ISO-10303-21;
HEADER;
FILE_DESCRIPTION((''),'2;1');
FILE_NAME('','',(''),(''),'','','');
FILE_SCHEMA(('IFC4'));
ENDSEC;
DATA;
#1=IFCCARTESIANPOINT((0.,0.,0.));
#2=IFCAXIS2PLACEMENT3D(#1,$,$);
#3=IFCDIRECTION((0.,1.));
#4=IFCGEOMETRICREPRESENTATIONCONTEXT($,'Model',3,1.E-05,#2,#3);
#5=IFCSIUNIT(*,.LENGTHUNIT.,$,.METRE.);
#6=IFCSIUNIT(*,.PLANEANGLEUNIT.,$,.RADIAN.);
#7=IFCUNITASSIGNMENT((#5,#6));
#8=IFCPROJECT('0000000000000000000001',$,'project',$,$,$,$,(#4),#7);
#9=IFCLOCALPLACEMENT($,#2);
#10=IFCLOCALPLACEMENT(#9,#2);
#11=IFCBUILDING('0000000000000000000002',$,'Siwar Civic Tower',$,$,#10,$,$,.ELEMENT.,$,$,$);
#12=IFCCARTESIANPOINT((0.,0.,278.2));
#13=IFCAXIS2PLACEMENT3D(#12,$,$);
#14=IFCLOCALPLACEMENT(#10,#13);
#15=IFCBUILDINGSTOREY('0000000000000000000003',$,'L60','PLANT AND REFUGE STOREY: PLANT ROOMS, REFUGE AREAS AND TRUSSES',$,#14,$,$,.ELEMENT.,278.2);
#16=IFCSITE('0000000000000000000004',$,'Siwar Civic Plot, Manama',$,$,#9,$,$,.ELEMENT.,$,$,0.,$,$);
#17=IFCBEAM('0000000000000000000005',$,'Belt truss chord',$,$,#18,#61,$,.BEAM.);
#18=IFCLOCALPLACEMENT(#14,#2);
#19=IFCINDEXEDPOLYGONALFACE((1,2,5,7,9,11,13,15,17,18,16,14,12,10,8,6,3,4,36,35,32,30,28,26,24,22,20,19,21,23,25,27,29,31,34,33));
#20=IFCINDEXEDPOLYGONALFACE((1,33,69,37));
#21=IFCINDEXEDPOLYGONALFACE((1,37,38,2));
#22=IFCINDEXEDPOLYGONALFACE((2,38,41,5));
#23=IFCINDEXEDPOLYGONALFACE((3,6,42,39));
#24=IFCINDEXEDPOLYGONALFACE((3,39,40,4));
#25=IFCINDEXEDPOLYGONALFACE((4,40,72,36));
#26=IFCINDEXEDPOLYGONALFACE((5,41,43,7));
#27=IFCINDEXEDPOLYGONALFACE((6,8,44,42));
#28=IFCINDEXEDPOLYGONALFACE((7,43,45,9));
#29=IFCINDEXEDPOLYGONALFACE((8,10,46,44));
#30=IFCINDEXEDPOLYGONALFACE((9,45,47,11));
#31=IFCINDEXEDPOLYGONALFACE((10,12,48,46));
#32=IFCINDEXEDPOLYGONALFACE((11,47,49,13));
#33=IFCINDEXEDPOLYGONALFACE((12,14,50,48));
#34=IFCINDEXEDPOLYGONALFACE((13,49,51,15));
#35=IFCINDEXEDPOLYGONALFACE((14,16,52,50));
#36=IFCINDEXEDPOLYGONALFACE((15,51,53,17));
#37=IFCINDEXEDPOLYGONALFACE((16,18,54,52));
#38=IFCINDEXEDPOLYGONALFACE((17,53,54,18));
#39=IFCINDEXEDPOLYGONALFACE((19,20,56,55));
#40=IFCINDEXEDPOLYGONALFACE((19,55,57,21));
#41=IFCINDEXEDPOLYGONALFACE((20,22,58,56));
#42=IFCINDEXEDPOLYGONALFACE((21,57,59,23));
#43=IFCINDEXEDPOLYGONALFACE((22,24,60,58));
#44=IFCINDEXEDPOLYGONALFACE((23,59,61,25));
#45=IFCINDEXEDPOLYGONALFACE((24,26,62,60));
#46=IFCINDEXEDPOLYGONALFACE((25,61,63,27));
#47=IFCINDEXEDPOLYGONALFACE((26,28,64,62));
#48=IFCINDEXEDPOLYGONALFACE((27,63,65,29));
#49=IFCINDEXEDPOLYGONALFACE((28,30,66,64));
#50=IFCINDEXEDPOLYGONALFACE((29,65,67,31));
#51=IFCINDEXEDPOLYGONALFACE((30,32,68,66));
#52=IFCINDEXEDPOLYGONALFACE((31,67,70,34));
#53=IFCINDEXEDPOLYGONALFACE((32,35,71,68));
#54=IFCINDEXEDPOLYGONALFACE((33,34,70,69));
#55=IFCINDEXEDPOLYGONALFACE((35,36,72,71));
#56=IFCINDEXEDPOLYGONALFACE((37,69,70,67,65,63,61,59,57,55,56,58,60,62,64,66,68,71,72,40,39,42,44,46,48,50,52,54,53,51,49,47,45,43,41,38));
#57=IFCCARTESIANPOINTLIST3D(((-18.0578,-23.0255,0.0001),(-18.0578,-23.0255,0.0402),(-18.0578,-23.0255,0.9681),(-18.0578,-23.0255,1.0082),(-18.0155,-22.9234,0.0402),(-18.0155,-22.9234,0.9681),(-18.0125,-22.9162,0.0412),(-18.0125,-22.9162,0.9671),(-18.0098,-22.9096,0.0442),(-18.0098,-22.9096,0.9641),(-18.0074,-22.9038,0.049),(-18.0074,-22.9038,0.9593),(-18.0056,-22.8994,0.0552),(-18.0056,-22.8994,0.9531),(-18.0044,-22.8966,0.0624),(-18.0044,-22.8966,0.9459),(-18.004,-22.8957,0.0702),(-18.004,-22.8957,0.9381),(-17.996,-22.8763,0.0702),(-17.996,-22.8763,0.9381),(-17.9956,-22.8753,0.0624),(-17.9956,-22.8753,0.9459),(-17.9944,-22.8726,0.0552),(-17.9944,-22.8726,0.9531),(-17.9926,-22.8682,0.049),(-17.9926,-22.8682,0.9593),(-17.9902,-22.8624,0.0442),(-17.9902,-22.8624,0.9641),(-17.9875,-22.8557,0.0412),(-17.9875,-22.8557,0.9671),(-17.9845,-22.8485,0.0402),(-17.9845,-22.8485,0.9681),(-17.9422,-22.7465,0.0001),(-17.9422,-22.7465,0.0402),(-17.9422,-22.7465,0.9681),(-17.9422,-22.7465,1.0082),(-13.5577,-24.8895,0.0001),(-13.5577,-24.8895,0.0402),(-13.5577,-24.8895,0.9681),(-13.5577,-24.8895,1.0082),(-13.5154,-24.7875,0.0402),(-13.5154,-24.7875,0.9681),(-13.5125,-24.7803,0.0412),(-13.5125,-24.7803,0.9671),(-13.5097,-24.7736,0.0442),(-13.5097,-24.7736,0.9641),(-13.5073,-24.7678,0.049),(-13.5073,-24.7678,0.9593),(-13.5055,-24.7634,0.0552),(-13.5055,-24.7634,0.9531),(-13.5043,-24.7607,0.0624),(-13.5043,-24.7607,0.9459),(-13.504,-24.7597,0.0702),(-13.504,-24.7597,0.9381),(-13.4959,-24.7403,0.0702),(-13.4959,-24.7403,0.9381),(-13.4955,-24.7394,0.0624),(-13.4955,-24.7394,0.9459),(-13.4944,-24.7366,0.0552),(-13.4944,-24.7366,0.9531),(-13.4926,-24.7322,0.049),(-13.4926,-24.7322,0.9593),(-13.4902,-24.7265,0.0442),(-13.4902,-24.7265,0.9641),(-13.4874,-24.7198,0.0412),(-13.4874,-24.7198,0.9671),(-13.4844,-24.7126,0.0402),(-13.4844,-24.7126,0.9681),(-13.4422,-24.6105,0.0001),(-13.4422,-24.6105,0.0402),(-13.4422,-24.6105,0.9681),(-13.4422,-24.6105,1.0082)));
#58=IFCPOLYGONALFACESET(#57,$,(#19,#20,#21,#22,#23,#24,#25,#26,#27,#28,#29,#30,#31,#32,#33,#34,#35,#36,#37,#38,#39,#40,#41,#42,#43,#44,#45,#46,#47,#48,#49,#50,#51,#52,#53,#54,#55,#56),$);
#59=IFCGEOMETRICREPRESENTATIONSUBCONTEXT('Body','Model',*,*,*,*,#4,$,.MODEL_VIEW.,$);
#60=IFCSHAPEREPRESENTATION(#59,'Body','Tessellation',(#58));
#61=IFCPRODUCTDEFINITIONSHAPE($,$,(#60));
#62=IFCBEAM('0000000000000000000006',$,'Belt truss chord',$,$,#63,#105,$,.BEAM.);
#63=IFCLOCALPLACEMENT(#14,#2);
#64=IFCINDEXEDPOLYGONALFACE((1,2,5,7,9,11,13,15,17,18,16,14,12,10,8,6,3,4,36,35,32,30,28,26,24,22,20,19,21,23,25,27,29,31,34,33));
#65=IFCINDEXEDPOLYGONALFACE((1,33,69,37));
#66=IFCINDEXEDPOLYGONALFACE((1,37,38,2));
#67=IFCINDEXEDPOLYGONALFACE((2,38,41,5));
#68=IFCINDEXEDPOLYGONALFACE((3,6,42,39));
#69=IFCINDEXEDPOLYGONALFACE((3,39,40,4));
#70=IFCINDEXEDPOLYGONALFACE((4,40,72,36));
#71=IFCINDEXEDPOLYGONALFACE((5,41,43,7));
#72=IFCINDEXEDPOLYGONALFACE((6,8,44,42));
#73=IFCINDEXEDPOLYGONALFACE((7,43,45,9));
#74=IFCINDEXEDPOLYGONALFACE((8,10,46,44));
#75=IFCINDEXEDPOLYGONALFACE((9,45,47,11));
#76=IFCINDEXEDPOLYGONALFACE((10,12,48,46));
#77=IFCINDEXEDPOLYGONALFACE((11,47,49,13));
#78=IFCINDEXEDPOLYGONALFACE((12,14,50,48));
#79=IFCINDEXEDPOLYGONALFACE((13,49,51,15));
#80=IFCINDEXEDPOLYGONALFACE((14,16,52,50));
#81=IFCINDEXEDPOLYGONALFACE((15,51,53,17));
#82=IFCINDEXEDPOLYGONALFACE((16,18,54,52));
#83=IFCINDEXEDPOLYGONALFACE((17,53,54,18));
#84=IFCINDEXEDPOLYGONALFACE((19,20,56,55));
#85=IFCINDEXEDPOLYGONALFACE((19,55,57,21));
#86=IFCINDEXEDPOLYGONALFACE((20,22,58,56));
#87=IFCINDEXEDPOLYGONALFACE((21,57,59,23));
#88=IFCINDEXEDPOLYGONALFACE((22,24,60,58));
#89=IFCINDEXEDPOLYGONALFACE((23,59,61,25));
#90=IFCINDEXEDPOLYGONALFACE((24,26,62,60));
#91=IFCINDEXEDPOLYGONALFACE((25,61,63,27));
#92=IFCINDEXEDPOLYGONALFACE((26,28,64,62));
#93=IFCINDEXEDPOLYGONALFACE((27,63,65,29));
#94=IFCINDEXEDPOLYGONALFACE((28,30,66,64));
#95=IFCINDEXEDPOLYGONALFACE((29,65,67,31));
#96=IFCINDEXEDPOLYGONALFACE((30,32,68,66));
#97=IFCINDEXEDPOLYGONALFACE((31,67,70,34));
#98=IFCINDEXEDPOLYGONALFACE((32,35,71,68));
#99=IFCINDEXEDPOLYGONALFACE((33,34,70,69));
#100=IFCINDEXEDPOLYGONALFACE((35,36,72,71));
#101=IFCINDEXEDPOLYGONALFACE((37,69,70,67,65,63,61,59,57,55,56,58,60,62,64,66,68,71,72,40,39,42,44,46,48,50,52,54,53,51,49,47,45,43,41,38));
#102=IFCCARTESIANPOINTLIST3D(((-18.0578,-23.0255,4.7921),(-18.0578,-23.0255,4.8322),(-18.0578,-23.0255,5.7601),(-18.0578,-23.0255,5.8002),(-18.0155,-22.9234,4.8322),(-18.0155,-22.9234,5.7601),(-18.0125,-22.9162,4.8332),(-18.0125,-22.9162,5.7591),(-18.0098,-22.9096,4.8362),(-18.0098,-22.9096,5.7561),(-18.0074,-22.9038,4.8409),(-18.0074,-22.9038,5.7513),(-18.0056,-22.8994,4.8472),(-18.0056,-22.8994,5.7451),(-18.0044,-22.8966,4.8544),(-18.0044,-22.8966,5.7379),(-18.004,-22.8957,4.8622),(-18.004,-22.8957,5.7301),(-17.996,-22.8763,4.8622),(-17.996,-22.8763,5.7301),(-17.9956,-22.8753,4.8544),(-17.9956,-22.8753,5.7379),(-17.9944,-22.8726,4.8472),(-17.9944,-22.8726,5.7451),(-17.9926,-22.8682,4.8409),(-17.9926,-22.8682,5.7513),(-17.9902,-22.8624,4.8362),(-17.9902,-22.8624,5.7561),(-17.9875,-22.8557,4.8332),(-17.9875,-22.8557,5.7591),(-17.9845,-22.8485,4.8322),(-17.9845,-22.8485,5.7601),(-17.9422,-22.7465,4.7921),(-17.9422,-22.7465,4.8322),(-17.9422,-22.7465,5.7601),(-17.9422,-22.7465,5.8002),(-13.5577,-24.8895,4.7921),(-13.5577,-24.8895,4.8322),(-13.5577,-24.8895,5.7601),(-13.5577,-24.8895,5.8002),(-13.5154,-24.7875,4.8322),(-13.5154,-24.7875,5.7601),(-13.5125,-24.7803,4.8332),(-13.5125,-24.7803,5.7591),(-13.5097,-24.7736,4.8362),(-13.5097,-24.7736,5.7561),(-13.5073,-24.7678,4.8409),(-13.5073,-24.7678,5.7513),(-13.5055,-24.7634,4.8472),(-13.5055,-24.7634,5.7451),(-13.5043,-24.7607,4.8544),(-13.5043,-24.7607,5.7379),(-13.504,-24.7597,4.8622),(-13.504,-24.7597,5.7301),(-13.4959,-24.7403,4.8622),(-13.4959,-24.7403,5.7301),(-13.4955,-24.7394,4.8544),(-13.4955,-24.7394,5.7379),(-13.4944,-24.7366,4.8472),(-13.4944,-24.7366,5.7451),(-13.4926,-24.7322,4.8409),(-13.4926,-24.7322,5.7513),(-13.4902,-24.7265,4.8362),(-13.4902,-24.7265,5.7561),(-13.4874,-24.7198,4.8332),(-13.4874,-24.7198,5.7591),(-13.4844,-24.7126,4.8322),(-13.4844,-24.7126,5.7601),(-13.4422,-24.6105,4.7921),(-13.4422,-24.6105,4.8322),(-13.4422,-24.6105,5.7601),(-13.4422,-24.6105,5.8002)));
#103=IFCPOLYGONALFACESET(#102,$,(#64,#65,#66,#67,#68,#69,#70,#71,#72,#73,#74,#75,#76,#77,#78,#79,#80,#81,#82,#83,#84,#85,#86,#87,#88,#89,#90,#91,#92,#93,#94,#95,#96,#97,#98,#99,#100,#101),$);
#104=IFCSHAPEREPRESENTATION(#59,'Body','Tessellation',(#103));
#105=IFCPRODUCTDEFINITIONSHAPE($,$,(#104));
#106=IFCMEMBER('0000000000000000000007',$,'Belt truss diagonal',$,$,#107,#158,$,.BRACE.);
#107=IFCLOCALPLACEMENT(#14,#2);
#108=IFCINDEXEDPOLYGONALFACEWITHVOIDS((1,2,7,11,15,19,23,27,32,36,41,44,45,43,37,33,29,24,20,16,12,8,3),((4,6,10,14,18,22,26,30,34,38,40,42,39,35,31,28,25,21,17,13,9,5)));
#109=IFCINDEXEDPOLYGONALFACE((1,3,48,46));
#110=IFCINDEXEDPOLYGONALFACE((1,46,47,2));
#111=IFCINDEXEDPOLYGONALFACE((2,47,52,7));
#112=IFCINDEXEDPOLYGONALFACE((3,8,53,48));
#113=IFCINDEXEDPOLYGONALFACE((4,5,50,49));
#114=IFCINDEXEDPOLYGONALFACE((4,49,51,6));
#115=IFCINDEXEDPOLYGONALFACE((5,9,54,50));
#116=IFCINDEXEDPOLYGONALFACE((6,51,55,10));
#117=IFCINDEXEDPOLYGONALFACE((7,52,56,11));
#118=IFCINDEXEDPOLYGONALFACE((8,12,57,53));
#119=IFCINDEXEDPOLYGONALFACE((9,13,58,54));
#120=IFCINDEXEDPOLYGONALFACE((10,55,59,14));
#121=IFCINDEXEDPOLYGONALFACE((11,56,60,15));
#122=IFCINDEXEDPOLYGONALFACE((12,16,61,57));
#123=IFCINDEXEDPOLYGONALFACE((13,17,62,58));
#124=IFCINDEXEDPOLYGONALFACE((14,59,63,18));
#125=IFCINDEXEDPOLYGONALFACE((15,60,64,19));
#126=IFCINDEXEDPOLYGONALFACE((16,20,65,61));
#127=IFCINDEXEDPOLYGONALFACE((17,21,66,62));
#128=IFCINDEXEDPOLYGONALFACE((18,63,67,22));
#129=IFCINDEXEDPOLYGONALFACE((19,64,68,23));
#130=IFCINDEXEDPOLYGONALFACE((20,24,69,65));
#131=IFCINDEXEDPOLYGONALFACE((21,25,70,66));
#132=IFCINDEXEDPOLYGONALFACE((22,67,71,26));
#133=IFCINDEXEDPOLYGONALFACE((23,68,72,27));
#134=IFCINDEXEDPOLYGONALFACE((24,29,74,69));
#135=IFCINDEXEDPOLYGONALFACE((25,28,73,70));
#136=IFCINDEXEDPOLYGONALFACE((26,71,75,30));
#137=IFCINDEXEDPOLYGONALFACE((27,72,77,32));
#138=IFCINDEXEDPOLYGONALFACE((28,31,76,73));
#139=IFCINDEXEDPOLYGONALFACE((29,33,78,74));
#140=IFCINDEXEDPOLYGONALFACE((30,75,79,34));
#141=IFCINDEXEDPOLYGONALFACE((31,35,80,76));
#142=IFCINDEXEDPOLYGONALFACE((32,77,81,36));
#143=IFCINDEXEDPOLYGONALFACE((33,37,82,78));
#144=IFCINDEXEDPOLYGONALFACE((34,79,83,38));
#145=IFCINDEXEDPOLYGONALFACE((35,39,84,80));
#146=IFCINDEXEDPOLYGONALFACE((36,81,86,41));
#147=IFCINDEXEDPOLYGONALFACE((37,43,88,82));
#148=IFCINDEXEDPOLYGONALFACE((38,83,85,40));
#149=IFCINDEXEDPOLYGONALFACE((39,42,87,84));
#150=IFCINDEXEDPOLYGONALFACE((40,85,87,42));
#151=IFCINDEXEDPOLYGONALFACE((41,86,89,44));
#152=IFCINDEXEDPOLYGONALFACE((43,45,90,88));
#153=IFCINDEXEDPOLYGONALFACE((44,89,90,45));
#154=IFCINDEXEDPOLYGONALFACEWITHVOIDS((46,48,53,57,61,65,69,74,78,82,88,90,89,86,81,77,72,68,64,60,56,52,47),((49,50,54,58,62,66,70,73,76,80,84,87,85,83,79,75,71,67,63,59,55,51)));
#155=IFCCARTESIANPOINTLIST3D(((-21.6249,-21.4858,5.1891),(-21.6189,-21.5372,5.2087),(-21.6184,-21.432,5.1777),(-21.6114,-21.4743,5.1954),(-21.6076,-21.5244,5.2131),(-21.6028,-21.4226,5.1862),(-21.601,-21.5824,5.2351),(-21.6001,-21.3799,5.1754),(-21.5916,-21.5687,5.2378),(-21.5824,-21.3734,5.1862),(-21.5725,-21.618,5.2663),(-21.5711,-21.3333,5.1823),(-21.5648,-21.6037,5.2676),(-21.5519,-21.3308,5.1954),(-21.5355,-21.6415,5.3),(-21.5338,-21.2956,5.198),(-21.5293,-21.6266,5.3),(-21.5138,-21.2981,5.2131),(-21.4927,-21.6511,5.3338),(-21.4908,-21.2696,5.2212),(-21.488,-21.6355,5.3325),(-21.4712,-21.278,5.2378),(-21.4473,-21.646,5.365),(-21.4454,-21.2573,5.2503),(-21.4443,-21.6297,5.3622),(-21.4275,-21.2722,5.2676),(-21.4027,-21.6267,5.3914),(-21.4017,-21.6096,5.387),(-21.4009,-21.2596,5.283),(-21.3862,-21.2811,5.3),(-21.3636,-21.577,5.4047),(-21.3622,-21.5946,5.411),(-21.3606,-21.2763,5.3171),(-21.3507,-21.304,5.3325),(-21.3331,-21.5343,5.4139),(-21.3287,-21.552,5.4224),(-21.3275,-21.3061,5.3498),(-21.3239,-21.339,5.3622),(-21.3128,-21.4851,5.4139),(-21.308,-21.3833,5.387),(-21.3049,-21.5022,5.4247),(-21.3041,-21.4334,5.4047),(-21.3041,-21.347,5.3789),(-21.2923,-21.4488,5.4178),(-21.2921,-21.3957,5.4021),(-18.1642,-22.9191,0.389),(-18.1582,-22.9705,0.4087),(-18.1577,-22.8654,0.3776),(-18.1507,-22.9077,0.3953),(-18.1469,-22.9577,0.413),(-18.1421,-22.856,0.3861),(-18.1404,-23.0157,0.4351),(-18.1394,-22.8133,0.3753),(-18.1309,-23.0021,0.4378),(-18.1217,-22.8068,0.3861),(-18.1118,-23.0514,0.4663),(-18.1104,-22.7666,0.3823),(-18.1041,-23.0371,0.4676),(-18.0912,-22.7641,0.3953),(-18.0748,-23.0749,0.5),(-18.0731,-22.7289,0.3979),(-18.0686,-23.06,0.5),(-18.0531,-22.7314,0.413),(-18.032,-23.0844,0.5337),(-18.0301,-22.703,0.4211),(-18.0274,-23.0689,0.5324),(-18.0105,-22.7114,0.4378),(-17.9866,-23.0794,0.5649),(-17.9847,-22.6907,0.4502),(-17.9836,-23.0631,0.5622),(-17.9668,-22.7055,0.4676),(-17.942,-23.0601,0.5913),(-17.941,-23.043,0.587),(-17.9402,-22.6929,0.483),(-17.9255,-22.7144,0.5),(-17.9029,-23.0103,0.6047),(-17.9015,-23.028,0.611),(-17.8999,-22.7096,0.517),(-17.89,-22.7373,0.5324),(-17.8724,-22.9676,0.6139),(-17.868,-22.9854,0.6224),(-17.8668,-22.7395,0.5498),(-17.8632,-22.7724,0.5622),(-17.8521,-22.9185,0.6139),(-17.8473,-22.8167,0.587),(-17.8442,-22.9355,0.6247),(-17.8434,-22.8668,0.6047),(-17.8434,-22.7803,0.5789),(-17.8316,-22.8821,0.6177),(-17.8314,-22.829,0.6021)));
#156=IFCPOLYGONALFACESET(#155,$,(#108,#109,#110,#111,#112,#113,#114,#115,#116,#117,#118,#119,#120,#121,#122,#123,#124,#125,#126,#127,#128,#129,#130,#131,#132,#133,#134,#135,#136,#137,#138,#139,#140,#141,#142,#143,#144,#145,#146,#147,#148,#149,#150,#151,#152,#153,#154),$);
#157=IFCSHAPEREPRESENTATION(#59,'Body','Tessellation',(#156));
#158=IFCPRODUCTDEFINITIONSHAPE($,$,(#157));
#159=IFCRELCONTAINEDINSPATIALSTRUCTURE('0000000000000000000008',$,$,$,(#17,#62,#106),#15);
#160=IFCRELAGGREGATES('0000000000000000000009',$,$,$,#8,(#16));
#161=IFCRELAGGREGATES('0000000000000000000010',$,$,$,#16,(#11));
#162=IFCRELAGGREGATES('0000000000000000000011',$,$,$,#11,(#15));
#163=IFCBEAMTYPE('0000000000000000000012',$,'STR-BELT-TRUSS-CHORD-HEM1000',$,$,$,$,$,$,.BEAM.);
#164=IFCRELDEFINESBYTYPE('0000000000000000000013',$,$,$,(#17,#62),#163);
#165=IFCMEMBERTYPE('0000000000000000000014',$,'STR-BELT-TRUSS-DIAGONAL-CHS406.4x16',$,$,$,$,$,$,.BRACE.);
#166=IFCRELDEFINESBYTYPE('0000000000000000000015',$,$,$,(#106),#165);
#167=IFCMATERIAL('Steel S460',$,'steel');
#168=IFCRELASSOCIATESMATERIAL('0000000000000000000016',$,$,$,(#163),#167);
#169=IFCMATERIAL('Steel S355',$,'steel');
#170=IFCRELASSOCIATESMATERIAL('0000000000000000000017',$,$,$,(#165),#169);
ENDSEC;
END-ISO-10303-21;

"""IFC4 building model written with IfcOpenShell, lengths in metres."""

from ifc_helpers import new_model, si_unit, direction, frame, origin, origin_2d, place, context, subcontext, project, spatial, hollow_circle, i_section, extrude, material, material_profile, profile_set, type_object, element, save


model = new_model("IFC4")

# Units and contexts
model_context = context("Model", 3, precision=1e-05, world=origin(), true_north=direction((0.0, 1.0)))
body_context = subcontext(model_context, "Body", "Model", "MODEL_VIEW")
ifc_project = project(units=[si_unit("LENGTHUNIT", "METRE"), si_unit("PLANEANGLEUNIT", "RADIAN")], contexts=[model_context])

# Site, building, storey
site_placement = place(None, origin())
site = spatial("IfcSite", under=ifc_project, at=site_placement, Name="Siwar Civic Plot, Manama", CompositionType="ELEMENT", RefElevation=0.0)
building_placement = place(site_placement, origin())
building = spatial("IfcBuilding", under=site, at=building_placement, Name="Siwar Civic Tower", CompositionType="ELEMENT")
storey_placement = place(building_placement, frame((0.0, 0.0, 278.2)))
storey = spatial("IfcBuildingStorey", under=building, at=storey_placement, Name="L60", Description="PLANT AND REFUGE STOREY: PLANT ROOMS, REFUGE AREAS AND TRUSSES", CompositionType="ELEMENT", Elevation=278.2)

# Beams
ifc_material_1 = material(Name="Steel S460", Category="steel")
ifc_material_profile_1 = material_profile(ifc_material_1, i_section(OverallWidth=0.302, OverallDepth=1.0081, WebThickness=0.021, FlangeThickness=0.04, FilletRadius=0.03, at=origin_2d()), Name="HEM1000")
ifc_profile_set_1 = profile_set([ifc_material_profile_1], Name="Steel S460")
beam_type_1 = type_object("IfcBeamType", Name="STR-BELT-TRUSS-CHORD-HEM1000", PredefinedType="BEAM", material=ifc_profile_set_1)
for number, where, z_axis, x_axis, name in (
    (1, (-18.0, -22.886, 0.5042), (0.923876, -0.382693, 0.0), (0.382693, 0.923876, 0.0), "Belt truss chord"),
    (2, (-18.0, -22.886, 5.2961), (0.923876, -0.382693, 0.0), (0.382693, 0.923876, 0.0), "Belt truss chord"),
):
    element("IfcBeam", number, at=place(storey_placement, frame(where, z_axis=z_axis, x_axis=x_axis)), inside=storey, type_object=beam_type_1, Name=name, PredefinedType="BEAM", context=body_context, shape_type="SweptSolid", body=[
        extrude(i_section(OverallWidth=0.302, OverallDepth=1.0081, WebThickness=0.021, FlangeThickness=0.04, FilletRadius=0.03, at=origin_2d()), origin(), (0.0, 0.0, 1.0), 4.8708),
    ])

# Member
ifc_material_2 = material(Name="Steel S355", Category="steel")
ifc_material_profile_2 = material_profile(ifc_material_2, hollow_circle(Radius=0.2031, WallThickness=0.0161, at=origin_2d()), Name="CHS406.4x16")
ifc_profile_set_2 = profile_set([ifc_material_profile_2], Name="Steel S355")
member_type_1 = type_object("IfcMemberType", Name="STR-BELT-TRUSS-DIAGONAL-CHS406.4x16", PredefinedType="BRACE", material=ifc_profile_set_2)
member_1_placement = place(storey_placement, frame((-17.9971, -22.8872, 0.5), z_axis=(-0.568387, 0.235414, 0.788363), x_axis=(-0.382657, -0.923891, 0.0)))
element("IfcMember", 3, at=member_1_placement, inside=storey, type_object=member_type_1, Name="Belt truss diagonal", PredefinedType="BRACE", context=body_context, shape_type="SweptSolid", body=[
    extrude(hollow_circle(Radius=0.2031, WallThickness=0.0161, at=origin_2d()), origin(), (0.0, 0.0, 1.0), 6.0886),
])

save(model, "model.ifc")
